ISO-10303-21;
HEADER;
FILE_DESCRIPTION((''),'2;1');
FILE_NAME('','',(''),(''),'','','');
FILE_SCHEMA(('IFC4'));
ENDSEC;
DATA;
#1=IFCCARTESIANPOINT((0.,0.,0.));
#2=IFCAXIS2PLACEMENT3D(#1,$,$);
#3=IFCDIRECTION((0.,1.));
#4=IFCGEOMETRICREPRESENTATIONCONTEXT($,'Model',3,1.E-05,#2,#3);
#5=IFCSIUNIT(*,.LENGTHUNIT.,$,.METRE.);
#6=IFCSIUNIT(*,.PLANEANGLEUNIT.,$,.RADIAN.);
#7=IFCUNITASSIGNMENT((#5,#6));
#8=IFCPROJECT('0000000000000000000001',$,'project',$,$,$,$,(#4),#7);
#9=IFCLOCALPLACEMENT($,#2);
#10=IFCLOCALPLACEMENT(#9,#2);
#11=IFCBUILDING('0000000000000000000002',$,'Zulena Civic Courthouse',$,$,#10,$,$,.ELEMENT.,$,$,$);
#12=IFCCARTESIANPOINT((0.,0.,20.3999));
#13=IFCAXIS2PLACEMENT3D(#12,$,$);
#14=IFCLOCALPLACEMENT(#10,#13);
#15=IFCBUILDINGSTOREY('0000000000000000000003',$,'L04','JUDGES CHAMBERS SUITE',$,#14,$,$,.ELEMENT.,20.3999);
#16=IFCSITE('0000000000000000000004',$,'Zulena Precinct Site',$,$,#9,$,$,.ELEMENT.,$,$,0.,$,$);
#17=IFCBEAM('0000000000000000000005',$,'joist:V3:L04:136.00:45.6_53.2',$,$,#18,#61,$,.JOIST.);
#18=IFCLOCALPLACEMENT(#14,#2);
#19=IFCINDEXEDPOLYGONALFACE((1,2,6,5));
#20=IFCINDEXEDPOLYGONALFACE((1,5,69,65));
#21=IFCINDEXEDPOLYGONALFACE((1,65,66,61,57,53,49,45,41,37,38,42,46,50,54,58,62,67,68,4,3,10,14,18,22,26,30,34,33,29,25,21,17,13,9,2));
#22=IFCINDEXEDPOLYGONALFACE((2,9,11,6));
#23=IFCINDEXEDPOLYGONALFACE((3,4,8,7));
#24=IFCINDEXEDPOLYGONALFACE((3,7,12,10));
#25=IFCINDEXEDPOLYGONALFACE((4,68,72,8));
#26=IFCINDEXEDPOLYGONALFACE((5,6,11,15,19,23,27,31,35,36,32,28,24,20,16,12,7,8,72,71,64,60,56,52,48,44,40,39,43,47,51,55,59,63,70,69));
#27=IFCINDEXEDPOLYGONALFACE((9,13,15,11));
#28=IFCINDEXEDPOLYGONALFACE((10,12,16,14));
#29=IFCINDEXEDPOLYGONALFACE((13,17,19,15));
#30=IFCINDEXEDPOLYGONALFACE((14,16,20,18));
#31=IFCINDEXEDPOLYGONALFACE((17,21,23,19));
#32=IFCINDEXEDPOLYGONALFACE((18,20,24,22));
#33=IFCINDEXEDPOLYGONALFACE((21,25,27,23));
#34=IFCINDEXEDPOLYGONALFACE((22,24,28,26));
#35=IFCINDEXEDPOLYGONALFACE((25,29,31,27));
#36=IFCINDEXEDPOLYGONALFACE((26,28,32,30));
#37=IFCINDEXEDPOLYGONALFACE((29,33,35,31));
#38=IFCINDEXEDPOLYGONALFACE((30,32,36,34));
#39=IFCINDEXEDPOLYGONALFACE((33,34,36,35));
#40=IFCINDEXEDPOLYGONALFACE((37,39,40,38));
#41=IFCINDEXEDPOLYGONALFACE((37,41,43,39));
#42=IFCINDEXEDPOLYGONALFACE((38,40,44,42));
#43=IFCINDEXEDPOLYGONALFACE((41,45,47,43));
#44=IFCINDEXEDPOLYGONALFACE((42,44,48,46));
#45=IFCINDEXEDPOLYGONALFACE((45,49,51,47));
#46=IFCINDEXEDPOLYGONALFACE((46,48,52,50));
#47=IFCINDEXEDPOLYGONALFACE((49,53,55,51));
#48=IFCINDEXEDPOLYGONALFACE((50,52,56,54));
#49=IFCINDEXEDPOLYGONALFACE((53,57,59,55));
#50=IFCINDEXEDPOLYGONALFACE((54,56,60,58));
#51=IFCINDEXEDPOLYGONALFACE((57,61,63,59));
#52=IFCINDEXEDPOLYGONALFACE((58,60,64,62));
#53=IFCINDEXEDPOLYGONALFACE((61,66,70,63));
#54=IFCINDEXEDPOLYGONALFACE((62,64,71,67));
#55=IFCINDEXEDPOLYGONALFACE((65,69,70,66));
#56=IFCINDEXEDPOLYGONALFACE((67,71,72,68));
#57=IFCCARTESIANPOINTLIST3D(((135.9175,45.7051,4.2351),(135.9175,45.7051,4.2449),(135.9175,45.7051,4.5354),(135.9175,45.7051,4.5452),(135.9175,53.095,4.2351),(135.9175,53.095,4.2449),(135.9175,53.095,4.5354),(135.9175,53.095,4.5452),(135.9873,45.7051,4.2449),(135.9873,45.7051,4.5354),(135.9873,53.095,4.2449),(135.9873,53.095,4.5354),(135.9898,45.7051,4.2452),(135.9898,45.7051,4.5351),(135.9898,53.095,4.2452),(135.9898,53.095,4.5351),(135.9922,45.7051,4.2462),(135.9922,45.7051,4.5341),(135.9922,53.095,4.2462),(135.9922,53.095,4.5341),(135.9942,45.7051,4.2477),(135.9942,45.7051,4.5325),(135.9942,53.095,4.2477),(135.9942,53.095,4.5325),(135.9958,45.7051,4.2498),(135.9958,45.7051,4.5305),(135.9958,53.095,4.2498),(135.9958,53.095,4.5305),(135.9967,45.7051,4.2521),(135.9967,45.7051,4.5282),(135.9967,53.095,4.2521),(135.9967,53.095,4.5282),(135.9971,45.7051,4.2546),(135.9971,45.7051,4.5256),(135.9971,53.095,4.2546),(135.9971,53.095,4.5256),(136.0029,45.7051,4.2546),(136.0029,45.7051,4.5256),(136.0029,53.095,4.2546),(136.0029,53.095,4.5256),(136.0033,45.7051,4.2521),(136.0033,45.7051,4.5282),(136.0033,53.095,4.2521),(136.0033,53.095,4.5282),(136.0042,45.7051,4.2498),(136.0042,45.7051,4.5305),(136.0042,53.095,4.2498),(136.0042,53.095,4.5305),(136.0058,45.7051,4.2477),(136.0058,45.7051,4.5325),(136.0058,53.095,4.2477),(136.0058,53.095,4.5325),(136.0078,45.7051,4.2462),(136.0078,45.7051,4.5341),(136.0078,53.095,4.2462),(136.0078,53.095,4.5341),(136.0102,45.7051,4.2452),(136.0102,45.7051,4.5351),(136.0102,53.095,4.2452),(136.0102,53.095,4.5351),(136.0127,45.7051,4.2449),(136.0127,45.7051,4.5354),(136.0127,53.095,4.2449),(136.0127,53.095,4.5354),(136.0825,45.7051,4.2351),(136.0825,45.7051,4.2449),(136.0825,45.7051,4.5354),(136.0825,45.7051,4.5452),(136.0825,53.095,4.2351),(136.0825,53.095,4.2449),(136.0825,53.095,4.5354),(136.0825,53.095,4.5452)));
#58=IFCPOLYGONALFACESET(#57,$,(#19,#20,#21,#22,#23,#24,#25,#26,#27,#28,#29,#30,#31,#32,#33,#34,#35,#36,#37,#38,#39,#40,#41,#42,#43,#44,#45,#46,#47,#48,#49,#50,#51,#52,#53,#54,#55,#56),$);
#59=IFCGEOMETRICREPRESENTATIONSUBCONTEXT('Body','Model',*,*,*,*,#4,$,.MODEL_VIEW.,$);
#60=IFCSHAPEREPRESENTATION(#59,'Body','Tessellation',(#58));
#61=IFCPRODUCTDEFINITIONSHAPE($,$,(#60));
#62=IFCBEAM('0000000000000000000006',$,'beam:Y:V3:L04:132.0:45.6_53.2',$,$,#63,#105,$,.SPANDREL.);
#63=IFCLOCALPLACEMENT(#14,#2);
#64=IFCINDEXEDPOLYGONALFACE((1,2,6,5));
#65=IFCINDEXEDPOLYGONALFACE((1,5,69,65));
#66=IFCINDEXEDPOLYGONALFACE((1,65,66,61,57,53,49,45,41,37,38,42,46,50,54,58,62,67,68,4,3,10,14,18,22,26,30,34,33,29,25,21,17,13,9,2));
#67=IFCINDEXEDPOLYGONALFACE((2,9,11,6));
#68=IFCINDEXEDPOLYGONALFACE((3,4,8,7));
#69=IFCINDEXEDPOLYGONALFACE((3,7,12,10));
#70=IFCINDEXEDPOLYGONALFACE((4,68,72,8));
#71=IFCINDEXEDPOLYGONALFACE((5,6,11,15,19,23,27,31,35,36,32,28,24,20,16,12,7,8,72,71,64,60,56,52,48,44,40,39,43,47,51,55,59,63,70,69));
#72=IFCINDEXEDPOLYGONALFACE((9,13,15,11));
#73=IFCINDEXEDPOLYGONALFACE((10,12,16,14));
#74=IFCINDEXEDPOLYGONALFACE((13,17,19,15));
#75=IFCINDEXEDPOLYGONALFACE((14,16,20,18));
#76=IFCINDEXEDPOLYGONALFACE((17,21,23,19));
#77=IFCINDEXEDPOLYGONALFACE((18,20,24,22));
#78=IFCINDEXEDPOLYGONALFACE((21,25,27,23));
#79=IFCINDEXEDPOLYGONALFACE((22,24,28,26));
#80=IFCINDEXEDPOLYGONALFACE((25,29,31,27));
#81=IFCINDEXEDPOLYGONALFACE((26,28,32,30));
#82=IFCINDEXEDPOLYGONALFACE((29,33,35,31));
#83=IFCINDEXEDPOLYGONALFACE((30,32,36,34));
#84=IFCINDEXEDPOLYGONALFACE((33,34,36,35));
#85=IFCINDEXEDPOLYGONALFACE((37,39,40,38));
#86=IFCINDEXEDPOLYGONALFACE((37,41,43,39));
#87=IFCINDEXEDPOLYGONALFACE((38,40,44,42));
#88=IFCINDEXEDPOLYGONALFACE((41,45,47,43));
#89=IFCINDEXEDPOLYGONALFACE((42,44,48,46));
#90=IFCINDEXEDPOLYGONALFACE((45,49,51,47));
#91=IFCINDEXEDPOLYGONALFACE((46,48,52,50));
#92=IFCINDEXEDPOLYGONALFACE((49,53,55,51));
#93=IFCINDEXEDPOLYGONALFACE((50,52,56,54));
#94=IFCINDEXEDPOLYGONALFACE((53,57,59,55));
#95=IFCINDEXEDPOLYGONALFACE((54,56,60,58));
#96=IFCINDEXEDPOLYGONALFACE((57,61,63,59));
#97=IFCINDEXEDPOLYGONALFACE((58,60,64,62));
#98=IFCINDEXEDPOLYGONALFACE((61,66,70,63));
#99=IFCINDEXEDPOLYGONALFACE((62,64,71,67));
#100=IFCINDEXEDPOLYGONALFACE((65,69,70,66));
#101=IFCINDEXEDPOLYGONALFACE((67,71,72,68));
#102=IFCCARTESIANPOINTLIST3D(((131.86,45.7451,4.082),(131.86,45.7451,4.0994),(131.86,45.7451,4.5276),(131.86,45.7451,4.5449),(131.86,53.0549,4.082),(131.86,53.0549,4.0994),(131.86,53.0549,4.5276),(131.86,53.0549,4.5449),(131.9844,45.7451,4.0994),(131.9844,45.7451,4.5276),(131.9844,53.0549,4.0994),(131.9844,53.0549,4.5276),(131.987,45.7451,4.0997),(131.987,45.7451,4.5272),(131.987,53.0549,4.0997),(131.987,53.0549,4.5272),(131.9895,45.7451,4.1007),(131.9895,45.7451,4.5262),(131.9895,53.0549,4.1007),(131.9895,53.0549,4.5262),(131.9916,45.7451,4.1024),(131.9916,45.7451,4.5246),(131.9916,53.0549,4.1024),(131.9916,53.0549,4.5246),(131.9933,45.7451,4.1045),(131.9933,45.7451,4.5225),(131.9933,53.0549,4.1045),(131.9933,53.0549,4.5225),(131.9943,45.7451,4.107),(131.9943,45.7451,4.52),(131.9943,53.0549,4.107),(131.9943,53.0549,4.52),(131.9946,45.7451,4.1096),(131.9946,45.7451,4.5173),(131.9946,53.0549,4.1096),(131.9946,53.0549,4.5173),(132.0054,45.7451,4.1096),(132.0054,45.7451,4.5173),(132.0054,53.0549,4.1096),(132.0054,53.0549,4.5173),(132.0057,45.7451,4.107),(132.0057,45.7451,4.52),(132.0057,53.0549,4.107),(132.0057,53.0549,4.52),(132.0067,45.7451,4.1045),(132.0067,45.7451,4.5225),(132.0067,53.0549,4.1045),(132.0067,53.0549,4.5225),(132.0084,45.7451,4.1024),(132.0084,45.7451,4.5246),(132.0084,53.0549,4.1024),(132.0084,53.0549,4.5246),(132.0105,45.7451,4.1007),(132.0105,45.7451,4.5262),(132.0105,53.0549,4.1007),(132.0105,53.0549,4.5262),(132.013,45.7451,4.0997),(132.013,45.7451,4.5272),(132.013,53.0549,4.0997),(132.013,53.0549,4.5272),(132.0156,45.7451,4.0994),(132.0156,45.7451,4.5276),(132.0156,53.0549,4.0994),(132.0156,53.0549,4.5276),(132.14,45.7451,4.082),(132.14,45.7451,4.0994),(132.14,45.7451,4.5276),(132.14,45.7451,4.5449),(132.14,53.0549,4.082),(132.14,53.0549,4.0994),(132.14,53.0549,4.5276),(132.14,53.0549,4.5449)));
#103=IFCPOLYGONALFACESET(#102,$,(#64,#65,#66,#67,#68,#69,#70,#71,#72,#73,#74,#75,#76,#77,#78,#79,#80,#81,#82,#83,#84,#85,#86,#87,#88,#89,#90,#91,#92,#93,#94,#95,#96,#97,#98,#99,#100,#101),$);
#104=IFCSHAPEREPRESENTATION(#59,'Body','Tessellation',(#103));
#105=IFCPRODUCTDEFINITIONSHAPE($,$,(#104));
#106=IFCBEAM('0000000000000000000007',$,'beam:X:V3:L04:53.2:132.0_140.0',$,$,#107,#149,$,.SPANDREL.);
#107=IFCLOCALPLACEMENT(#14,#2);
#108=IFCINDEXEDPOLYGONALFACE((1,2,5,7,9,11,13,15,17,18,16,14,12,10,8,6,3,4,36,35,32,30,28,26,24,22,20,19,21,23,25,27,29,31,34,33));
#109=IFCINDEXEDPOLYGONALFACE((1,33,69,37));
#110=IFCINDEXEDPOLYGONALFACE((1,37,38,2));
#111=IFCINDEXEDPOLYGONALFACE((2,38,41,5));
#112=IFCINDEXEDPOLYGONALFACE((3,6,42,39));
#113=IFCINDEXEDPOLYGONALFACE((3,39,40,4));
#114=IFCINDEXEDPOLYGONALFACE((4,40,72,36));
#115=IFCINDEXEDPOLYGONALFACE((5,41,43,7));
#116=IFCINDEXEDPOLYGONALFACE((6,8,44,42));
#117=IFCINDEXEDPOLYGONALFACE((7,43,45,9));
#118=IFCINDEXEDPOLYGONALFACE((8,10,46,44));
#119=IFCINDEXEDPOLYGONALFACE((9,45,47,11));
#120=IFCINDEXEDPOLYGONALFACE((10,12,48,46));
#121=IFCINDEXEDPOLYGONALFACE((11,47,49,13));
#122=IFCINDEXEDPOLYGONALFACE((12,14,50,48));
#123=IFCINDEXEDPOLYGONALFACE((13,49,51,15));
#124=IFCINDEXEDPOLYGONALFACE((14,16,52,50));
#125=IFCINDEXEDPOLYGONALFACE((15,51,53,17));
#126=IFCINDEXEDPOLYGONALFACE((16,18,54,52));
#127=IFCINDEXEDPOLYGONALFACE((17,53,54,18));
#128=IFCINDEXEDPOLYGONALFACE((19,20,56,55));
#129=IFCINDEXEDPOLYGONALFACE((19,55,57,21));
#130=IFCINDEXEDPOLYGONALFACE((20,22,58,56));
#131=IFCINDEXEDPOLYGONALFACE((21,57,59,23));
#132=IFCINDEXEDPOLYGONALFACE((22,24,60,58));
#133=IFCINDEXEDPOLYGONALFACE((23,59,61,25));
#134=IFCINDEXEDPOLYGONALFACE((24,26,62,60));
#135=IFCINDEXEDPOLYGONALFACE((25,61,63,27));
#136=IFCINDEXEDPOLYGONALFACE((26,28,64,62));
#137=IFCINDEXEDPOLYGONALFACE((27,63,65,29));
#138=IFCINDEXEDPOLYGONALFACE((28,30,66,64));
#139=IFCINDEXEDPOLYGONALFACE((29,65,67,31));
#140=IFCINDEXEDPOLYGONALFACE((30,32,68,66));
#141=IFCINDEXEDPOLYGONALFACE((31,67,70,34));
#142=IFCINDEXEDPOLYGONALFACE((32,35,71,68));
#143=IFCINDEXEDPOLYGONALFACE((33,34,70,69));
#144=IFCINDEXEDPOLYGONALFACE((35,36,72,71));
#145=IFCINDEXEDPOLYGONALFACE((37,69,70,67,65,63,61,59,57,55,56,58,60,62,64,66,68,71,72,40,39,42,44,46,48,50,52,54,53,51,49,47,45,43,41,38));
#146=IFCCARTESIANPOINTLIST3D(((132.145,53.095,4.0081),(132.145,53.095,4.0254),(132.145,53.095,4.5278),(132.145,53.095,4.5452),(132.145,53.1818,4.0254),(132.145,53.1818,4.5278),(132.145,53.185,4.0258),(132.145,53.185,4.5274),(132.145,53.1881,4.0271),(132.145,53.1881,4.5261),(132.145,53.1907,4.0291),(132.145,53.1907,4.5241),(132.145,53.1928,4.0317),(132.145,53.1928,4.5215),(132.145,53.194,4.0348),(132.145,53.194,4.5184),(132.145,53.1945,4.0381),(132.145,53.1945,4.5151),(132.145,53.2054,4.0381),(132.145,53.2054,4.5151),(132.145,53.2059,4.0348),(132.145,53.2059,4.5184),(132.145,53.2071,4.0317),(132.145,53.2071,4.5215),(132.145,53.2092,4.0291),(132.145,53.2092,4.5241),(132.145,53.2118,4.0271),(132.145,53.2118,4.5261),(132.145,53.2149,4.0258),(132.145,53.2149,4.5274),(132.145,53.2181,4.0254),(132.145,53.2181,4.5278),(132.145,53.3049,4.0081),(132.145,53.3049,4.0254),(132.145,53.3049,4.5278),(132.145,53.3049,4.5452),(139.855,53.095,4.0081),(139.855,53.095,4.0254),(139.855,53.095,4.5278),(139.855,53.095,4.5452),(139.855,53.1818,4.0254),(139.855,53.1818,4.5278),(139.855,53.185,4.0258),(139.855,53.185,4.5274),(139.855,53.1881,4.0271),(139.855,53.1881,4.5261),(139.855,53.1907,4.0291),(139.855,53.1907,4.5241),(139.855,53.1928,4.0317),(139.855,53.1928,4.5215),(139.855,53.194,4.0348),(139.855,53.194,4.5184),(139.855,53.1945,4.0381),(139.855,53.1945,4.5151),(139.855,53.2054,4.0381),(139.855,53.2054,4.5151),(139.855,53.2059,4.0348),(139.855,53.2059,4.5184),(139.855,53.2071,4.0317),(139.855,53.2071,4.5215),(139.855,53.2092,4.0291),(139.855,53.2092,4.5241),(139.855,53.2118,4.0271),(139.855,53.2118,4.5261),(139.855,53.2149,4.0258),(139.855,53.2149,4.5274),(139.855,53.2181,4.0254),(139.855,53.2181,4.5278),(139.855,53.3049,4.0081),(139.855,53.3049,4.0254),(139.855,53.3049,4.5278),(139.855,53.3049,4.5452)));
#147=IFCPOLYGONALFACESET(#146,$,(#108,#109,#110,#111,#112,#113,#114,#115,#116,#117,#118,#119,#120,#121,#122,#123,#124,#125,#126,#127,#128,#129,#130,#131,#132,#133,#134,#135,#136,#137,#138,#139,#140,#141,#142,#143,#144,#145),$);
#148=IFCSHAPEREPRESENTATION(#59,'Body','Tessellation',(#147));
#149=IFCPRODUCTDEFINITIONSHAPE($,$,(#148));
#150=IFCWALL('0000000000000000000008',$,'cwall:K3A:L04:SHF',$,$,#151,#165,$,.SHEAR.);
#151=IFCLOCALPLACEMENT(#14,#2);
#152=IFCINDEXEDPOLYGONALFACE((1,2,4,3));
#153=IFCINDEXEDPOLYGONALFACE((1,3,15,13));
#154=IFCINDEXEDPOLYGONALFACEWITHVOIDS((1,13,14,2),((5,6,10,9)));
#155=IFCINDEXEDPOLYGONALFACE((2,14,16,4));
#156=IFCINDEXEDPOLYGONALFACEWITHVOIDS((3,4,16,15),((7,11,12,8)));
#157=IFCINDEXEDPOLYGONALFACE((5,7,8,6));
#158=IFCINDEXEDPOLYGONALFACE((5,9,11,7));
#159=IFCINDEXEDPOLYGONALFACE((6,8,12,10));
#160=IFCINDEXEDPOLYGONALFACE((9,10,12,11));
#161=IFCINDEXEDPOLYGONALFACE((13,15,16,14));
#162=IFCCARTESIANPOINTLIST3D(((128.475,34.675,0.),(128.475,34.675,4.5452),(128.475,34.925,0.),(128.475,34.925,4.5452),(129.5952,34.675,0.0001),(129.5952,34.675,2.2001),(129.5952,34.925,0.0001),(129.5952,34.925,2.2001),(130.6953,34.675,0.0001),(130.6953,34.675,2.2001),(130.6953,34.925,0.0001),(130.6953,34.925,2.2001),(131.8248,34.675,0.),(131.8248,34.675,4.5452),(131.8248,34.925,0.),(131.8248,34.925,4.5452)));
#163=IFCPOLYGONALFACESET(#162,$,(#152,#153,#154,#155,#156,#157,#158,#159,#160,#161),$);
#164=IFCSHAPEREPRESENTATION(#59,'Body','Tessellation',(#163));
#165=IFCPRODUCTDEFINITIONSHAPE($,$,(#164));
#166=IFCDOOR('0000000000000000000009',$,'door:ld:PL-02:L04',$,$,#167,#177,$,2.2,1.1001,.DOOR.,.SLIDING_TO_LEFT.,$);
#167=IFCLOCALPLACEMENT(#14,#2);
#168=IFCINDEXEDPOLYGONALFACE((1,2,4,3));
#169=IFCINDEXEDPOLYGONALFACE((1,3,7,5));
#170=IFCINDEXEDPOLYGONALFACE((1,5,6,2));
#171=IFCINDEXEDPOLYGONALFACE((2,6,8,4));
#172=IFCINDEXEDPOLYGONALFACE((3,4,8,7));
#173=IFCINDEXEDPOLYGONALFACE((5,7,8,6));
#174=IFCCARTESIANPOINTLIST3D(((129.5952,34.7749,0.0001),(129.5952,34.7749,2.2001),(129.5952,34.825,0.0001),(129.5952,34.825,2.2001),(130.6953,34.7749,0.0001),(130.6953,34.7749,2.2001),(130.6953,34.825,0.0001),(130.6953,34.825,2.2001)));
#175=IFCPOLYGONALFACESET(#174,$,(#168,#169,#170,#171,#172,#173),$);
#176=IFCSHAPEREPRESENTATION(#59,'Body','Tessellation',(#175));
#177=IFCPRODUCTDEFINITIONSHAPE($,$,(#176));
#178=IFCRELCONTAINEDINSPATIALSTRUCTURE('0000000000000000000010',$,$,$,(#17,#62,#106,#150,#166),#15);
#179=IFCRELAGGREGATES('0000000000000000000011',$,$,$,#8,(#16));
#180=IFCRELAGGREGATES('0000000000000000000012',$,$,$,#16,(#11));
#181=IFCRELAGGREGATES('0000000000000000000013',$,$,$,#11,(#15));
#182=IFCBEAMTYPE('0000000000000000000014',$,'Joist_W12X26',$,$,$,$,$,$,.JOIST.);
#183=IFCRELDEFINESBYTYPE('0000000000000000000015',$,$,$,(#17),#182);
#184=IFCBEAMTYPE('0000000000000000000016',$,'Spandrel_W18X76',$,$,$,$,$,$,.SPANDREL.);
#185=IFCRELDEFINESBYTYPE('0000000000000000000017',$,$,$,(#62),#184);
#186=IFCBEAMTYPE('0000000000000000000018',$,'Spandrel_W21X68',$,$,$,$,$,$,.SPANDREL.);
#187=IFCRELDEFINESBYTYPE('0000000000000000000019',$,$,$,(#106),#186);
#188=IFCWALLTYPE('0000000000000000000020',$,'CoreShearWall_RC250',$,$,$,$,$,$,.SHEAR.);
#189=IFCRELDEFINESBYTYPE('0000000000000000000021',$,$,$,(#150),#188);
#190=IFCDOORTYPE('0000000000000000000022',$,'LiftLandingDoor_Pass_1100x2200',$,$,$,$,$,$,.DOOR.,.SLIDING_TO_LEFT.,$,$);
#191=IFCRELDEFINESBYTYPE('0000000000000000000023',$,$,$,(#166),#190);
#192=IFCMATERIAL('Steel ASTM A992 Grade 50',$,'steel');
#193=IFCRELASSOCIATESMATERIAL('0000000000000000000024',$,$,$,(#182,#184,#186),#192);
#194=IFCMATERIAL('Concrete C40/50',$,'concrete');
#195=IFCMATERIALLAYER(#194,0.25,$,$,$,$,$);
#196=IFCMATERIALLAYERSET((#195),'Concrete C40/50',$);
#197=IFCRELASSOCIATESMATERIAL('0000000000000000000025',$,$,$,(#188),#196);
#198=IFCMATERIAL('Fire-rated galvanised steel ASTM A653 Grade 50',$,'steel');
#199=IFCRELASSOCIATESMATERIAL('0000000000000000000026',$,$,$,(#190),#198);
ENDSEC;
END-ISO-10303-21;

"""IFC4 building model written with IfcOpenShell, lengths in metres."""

from ifc_helpers import new_model, si_unit, direction, frame, frame_2d, origin, origin_2d, place, context, subcontext, project, spatial, rectangle, i_section, extrude, material, layer, layer_set, material_profile, profile_set, type_object, element, fill, save


model = new_model("IFC4")

# Units and contexts
model_context = context("Model", 3, precision=1e-05, world=origin(), true_north=direction((0.0, 1.0)))
body_context = subcontext(model_context, "Body", "Model", "MODEL_VIEW")
ifc_project = project(units=[si_unit("LENGTHUNIT", "METRE"), si_unit("PLANEANGLEUNIT", "RADIAN")], contexts=[model_context])

# Site, building, storey
site_placement = place(None, origin())
site = spatial("IfcSite", under=ifc_project, at=site_placement, Name="Zulena Precinct Site", CompositionType="ELEMENT", RefElevation=0.0)
building_placement = place(site_placement, origin())
building = spatial("IfcBuilding", under=site, at=building_placement, Name="Zulena Civic Courthouse", CompositionType="ELEMENT")
storey_placement = place(building_placement, frame((0.0, 0.0, 20.3999)))
storey = spatial("IfcBuildingStorey", under=building, at=storey_placement, Name="L04", Description="JUDGES CHAMBERS SUITE", CompositionType="ELEMENT", Elevation=20.3999)

# Shared definitions
ifc_material_1 = material(Name="Steel ASTM A992 Grade 50", Category="steel")

# Beams
ifc_material_profile_1 = material_profile(ifc_material_1, i_section(OverallWidth=0.165, OverallDepth=0.3101, WebThickness=0.0059, FlangeThickness=0.0098, FilletRadius=0.0098, at=origin_2d()), Name="W12X26")
ifc_profile_set_1 = profile_set([ifc_material_profile_1], Name="Steel ASTM A992 Grade 50")
beam_type_1 = type_object("IfcBeamType", Name="Joist_W12X26", PredefinedType="JOIST", material=ifc_profile_set_1)
beam_1_placement = place(storey_placement, frame((136.0, 45.7051, 4.3901), z_axis=(0.0, 1.0, 0.0), x_axis=(-1.0, 0.0, 0.0)))
element("IfcBeam", 1, at=beam_1_placement, inside=storey, type_object=beam_type_1, Name="joist:V3:L04:136.00:45.6_53.2", PredefinedType="JOIST", context=body_context, shape_type="SweptSolid", body=[
    extrude(i_section(OverallWidth=0.165, OverallDepth=0.3101, WebThickness=0.0059, FlangeThickness=0.0098, FilletRadius=0.0098, at=origin_2d()), origin(), (0.0, 0.0, 1.0), 7.3899),
])
ifc_material_profile_2 = material_profile(ifc_material_1, i_section(OverallWidth=0.28, OverallDepth=0.4629, WebThickness=0.0107, FlangeThickness=0.0173, FilletRadius=0.0103, at=origin_2d()), Name="W18X76")
ifc_profile_set_2 = profile_set([ifc_material_profile_2], Name="Steel ASTM A992 Grade 50")
beam_type_2 = type_object("IfcBeamType", Name="Spandrel_W18X76", PredefinedType="SPANDREL", material=ifc_profile_set_2)
beam_2_placement = place(storey_placement, frame((132.0, 45.7451, 4.3135), z_axis=(0.0, 1.0, 0.0), x_axis=(-1.0, 0.0, 0.0)))
element("IfcBeam", 2, at=beam_2_placement, inside=storey, type_object=beam_type_2, Name="beam:Y:V3:L04:132.0:45.6_53.2", PredefinedType="SPANDREL", context=body_context, shape_type="SweptSolid", body=[
    extrude(i_section(OverallWidth=0.28, OverallDepth=0.4629, WebThickness=0.0107, FlangeThickness=0.0173, FilletRadius=0.0103, at=origin_2d()), origin(), (0.0, 0.0, 1.0), 7.3098),
])
ifc_material_profile_3 = material_profile(ifc_material_1, i_section(OverallWidth=0.21, OverallDepth=0.5371, WebThickness=0.011, FlangeThickness=0.0173, FilletRadius=0.0127, at=origin_2d()), Name="W21X68")
ifc_profile_set_3 = profile_set([ifc_material_profile_3], Name="Steel ASTM A992 Grade 50")
beam_type_3 = type_object("IfcBeamType", Name="Spandrel_W21X68", PredefinedType="SPANDREL", material=ifc_profile_set_3)
beam_3_placement = place(storey_placement, frame((132.145, 53.2, 4.2766), z_axis=(1.0, 0.0, 0.0), x_axis=(0.0, 1.0, 0.0)))
element("IfcBeam", 3, at=beam_3_placement, inside=storey, type_object=beam_type_3, Name="beam:X:V3:L04:53.2:132.0_140.0", PredefinedType="SPANDREL", context=body_context, shape_type="SweptSolid", body=[
    extrude(i_section(OverallWidth=0.21, OverallDepth=0.5371, WebThickness=0.011, FlangeThickness=0.0173, FilletRadius=0.0127, at=origin_2d()), origin(), (0.0, 0.0, 1.0), 7.71),
])

# Wall, opening, door
ifc_material_2 = material(Name="Concrete C40/50", Category="concrete")
ifc_layer_1 = layer(ifc_material_2, 0.25)
ifc_layer_set_1 = layer_set([ifc_layer_1], Name="Concrete C40/50")
wall_type_1 = type_object("IfcWallType", Name="CoreShearWall_RC250", PredefinedType="SHEAR", material=ifc_layer_set_1)
wall_1_placement = place(storey_placement, frame((128.4751, 34.8, 0.0), z_axis=(0.0, 0.0, 1.0), x_axis=(1.0, 0.0, 0.0)))
wall_1 = element("IfcWall", 4, at=wall_1_placement, inside=storey, type_object=wall_type_1, Name="cwall:K3A:L04:SHF", PredefinedType="SHEAR", context=body_context, shape_type="SweptSolid", body=[
    extrude(rectangle(XDim=3.3499, YDim=0.25, at=frame_2d((1.6748, 0.0))), origin(), (0.0, 0.0, 1.0), 4.5452),
])
opening_1_placement = place(wall_1_placement, frame((1.1201, 0.0, 0.0)))
opening_1 = element("IfcOpeningElement", 5, at=opening_1_placement, cuts=wall_1, PredefinedType="OPENING", context=body_context, shape_type="SweptSolid", body=[
    extrude(rectangle(XDim=1.1001, YDim=2.2, at=frame_2d((0.55, 1.1001))), frame((0.0, 0.135, 0.0), z_axis=(0.0, -1.0, 0.0), x_axis=(1.0, 0.0, 0.0)), (0.0, 0.0, 1.0), 0.27),
])
ifc_material_3 = material(Name="Fire-rated galvanised steel ASTM A653 Grade 50", Category="steel")
door_type_1 = type_object("IfcDoorType", Name="LiftLandingDoor_Pass_1100x2200", OperationType="SLIDING_TO_LEFT", PredefinedType="DOOR", material=ifc_material_3)
door_1_placement = place(opening_1_placement, origin())
door_1 = element("IfcDoor", 6, at=door_1_placement, inside=storey, type_object=door_type_1, Name="door:ld:PL-02:L04", OperationType="SLIDING_TO_LEFT", OverallHeight=2.2, OverallWidth=1.1001, PredefinedType="DOOR", context=body_context, shape_type="SweptSolid", body=[
    extrude(rectangle(XDim=1.1001, YDim=2.2, at=frame_2d((0.55, 1.1001))), frame((0.0, 0.0249, 0.0), z_axis=(0.0, -1.0, 0.0), x_axis=(1.0, 0.0, 0.0)), (0.0, 0.0, 1.0), 0.05),
])
fill(opening_1, door_1)

save(model, "model.ifc")
